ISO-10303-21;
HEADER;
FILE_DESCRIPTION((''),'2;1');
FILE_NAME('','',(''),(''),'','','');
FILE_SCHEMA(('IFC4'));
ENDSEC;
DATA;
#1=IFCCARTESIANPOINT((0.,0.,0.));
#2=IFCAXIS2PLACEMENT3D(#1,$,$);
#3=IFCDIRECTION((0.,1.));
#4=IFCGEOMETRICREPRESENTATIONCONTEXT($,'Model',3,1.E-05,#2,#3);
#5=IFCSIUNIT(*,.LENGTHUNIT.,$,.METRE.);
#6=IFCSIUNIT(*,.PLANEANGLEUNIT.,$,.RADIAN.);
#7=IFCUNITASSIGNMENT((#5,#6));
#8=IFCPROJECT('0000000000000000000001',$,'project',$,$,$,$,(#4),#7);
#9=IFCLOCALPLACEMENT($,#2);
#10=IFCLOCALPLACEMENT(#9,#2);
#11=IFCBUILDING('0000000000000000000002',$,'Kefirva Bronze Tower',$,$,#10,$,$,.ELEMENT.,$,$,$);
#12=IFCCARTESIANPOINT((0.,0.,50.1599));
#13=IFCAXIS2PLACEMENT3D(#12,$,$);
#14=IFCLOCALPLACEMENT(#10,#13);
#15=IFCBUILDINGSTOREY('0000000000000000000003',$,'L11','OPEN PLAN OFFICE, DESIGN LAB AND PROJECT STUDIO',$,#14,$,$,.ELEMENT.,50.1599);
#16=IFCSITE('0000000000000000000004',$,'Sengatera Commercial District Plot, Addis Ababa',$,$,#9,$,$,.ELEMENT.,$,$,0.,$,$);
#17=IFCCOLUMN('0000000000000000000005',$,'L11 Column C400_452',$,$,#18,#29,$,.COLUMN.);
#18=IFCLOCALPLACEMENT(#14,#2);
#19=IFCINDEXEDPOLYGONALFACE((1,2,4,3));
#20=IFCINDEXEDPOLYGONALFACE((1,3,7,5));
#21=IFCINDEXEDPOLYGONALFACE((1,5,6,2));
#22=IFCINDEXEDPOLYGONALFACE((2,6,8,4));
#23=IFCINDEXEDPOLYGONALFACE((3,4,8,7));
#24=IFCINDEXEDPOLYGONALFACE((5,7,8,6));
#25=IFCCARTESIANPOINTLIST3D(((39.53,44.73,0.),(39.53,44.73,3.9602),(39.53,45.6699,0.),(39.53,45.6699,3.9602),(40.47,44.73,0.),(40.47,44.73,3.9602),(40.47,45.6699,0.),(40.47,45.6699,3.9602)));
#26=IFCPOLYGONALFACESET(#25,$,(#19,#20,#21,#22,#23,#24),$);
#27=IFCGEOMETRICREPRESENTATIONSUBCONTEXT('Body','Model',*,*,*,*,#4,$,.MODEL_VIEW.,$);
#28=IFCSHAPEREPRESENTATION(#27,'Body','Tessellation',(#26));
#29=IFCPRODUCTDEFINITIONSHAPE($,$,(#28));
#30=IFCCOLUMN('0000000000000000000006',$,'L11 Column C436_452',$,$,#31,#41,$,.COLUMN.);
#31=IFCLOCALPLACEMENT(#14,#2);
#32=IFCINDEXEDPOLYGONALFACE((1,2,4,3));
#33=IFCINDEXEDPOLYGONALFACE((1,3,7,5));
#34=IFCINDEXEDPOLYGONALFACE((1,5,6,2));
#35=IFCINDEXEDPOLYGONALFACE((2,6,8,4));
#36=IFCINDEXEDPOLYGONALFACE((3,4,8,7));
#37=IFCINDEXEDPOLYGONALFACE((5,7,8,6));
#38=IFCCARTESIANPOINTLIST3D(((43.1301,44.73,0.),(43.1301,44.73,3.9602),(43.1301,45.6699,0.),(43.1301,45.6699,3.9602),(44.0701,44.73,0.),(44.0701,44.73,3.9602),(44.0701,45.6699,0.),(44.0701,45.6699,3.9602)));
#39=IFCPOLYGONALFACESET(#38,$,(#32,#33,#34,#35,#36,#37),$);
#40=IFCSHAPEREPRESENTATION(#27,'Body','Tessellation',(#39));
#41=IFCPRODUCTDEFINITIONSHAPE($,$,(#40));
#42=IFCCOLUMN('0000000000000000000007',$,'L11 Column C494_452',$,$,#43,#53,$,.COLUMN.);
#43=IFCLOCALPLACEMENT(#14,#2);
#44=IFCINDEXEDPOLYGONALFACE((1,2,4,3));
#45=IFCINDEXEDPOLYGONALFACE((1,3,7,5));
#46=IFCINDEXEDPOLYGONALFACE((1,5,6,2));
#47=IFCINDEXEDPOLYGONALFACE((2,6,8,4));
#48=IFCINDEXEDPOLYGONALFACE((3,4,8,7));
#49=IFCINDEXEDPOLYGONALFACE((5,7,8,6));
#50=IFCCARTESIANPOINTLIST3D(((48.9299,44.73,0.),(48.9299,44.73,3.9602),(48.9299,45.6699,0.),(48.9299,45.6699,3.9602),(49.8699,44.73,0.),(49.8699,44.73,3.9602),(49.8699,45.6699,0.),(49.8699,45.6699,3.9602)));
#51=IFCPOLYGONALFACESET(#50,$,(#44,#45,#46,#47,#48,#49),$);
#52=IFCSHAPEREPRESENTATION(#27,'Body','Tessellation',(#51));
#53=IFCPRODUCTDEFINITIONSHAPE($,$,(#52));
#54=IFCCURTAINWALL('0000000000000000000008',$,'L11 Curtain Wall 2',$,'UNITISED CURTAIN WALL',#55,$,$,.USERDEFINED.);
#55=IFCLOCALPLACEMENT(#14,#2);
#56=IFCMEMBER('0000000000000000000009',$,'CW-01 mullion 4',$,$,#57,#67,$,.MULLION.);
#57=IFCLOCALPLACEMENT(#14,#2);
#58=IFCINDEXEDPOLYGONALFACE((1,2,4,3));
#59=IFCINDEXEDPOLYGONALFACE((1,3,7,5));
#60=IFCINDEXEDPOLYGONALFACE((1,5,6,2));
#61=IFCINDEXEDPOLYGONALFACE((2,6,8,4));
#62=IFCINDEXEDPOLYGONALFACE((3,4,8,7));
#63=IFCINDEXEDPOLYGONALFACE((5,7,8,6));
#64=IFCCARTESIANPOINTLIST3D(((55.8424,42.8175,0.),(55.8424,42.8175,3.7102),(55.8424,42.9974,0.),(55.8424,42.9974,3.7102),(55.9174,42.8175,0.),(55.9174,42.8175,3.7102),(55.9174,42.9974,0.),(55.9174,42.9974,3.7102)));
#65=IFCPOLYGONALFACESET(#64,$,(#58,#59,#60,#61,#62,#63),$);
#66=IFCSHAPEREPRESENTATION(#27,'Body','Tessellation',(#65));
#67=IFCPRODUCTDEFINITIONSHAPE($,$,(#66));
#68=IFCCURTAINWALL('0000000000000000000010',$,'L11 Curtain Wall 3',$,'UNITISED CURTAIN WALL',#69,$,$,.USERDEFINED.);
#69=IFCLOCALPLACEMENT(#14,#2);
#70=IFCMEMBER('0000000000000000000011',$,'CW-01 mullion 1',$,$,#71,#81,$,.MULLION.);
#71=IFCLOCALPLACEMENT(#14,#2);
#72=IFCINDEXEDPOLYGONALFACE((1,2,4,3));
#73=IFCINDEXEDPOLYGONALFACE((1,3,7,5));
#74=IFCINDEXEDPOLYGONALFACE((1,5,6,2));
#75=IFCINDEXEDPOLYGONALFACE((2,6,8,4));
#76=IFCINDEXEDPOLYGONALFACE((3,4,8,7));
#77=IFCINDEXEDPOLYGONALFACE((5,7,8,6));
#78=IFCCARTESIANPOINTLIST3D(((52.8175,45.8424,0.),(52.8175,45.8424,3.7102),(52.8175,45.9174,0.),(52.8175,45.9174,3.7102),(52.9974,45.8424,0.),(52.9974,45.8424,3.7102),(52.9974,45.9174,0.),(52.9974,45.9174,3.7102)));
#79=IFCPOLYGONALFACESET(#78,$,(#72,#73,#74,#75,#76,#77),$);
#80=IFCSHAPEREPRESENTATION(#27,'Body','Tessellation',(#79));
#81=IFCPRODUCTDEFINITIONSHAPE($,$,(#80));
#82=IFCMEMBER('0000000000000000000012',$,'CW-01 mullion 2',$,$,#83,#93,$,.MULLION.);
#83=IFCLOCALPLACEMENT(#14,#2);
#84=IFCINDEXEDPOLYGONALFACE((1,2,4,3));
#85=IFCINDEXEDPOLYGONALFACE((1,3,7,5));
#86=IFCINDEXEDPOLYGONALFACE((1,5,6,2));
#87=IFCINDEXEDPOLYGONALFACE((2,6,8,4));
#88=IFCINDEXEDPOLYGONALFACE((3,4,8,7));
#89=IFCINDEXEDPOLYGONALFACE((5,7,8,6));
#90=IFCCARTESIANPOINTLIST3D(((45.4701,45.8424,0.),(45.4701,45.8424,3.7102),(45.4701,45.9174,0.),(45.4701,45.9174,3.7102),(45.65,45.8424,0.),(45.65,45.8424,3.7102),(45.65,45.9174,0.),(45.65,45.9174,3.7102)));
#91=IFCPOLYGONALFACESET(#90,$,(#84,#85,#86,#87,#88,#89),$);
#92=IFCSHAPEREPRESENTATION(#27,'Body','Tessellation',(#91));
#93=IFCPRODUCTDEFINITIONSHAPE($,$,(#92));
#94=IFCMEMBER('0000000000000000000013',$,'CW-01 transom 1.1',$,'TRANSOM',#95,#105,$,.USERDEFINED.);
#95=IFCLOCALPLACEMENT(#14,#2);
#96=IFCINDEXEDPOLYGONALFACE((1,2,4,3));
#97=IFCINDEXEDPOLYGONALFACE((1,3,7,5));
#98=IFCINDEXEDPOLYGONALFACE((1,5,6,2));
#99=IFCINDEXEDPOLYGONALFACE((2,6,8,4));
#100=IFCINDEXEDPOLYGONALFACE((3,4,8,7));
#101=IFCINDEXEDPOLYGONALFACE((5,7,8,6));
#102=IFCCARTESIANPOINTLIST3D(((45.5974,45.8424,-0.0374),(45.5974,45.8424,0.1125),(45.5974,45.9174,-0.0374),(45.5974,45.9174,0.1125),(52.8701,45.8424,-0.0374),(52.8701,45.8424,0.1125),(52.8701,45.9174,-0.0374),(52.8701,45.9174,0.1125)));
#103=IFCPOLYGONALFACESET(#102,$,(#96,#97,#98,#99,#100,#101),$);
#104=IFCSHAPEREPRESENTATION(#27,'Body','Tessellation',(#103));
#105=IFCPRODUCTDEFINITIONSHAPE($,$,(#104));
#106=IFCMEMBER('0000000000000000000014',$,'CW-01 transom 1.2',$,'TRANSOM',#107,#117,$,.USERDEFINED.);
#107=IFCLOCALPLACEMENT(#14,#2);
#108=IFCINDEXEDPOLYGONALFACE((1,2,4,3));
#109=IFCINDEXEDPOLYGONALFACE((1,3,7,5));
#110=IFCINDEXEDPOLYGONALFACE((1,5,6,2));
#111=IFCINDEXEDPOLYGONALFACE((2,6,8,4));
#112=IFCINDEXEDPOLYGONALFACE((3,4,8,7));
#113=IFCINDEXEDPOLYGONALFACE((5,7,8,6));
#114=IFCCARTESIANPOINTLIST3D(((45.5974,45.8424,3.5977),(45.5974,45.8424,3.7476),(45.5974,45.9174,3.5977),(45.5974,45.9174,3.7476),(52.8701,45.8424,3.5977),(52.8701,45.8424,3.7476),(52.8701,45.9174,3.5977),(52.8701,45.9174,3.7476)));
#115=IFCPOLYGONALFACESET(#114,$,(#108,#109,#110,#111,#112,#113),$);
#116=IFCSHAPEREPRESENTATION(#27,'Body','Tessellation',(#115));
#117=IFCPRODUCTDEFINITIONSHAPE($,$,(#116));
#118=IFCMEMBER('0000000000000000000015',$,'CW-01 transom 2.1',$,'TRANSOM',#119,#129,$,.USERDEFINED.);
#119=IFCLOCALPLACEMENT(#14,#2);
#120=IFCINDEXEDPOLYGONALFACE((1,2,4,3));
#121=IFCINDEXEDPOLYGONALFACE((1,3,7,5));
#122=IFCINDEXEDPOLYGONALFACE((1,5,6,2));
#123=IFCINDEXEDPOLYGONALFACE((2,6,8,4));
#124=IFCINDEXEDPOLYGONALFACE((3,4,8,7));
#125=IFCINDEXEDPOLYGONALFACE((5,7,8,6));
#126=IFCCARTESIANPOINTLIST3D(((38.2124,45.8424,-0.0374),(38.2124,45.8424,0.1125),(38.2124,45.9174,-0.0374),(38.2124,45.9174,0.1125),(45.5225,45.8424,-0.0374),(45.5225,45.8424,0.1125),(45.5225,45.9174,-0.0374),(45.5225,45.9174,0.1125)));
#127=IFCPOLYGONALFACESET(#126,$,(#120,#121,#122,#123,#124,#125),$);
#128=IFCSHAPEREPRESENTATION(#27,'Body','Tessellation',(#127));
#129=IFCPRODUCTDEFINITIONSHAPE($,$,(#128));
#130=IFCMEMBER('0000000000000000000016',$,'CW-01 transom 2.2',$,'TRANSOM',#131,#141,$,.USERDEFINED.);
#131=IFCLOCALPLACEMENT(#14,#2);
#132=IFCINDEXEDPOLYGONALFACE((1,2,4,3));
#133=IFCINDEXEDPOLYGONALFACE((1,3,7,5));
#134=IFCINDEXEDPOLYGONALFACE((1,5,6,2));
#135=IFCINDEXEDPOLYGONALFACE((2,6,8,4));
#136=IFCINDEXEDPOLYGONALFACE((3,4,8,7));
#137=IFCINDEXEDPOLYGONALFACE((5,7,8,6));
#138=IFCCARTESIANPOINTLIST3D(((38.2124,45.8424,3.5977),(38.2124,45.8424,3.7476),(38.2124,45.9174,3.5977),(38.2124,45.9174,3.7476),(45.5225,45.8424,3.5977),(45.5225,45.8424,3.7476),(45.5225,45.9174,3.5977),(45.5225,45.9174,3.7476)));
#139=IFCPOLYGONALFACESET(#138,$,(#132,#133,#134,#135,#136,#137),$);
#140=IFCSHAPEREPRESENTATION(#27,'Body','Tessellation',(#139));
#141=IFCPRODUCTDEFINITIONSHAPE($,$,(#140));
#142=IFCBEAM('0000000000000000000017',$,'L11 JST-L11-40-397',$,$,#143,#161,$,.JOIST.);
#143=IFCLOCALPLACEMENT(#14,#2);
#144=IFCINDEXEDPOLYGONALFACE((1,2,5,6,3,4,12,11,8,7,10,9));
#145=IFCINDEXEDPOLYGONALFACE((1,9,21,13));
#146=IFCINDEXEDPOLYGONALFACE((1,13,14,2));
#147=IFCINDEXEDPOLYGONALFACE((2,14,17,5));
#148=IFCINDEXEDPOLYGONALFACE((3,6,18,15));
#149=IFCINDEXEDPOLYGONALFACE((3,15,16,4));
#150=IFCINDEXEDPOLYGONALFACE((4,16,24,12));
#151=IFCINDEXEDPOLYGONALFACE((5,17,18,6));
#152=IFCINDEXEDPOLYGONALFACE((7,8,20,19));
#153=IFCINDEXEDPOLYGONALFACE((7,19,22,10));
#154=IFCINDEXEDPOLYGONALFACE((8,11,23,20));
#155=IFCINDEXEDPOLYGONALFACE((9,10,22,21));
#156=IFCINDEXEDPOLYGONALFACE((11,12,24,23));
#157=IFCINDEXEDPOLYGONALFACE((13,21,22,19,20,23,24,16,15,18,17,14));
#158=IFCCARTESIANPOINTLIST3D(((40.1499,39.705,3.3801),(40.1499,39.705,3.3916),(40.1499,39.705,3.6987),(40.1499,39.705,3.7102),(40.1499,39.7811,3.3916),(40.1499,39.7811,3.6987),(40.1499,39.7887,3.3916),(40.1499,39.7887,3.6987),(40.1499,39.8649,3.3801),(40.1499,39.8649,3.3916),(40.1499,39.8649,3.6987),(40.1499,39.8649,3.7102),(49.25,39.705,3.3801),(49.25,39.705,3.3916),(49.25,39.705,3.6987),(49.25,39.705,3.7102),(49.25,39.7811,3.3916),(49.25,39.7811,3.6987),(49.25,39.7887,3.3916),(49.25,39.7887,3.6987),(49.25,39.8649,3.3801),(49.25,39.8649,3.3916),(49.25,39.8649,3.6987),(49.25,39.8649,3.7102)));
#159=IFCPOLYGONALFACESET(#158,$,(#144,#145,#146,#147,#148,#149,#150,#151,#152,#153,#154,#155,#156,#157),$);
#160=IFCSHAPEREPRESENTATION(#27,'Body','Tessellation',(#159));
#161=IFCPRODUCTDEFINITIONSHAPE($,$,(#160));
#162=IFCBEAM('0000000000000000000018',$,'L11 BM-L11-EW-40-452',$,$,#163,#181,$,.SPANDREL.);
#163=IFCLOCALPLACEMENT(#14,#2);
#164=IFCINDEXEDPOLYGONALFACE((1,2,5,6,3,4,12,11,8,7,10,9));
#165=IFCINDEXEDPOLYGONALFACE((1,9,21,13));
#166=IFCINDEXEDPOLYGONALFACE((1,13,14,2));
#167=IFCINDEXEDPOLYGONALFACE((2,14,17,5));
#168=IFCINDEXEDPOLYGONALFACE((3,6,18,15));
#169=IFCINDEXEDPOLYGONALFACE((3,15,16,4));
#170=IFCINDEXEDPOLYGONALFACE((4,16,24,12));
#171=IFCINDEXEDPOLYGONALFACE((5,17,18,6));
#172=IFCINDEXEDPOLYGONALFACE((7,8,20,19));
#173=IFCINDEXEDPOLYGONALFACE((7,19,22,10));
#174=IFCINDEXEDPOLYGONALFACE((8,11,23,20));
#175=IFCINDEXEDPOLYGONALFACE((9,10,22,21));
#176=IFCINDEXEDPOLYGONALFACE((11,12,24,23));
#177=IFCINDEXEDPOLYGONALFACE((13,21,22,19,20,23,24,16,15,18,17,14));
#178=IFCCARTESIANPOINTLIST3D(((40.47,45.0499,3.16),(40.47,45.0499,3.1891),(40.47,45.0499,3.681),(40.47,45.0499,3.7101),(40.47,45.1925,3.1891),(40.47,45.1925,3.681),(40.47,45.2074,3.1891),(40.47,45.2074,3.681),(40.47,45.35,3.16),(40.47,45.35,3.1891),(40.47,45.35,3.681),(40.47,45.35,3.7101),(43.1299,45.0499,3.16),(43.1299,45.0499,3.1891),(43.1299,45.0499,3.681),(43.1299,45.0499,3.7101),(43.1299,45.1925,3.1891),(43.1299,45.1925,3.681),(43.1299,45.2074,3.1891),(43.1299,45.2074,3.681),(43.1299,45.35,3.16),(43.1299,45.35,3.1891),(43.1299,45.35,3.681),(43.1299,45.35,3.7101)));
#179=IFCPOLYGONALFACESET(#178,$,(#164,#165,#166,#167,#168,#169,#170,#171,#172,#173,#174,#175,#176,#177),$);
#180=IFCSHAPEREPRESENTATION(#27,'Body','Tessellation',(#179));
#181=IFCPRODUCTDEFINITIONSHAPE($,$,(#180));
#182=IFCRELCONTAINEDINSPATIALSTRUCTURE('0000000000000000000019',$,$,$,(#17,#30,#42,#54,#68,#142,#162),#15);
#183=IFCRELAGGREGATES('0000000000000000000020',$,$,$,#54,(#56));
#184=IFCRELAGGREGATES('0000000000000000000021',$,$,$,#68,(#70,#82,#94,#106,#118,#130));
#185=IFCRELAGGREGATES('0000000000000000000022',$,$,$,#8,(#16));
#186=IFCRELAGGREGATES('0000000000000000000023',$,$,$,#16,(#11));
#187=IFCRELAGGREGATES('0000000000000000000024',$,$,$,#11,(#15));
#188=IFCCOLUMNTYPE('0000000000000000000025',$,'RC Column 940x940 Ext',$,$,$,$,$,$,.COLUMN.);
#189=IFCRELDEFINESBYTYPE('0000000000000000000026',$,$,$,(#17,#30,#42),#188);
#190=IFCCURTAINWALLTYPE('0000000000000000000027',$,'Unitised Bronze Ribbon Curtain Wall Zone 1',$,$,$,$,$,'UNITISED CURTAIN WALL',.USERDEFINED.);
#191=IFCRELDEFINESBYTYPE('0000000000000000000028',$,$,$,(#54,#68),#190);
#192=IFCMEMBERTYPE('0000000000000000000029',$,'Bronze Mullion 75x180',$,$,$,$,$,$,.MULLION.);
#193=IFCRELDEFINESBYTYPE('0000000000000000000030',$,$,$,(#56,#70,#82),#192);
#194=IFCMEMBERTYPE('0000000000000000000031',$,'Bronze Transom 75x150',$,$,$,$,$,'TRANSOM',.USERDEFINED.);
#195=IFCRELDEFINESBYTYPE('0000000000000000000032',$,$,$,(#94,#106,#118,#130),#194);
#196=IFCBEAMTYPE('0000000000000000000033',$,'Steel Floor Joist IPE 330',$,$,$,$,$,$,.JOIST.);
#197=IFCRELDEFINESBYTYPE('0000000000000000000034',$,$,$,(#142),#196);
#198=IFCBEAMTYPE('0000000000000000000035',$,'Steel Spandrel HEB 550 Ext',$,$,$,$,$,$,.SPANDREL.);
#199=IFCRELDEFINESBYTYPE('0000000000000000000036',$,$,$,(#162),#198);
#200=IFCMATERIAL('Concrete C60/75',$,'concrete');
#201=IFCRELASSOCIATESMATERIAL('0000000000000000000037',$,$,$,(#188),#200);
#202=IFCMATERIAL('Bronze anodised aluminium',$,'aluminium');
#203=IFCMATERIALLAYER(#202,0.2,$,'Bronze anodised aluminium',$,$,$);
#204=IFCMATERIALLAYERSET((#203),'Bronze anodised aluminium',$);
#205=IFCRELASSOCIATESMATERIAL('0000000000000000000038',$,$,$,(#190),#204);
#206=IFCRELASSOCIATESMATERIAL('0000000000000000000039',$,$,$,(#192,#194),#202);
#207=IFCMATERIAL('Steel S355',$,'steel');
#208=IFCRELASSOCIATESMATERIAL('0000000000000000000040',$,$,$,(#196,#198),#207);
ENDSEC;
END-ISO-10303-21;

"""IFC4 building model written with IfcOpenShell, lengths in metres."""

from ifc_helpers import new_model, si_unit, direction, frame, origin, origin_2d, place, context, subcontext, project, spatial, rectangle, i_section, extrude, material, layer, layer_set, material_profile, profile_set, type_object, element, aggregate, save


model = new_model("IFC4")

# Units and contexts
model_context = context("Model", 3, precision=1e-05, world=origin(), true_north=direction((0.0, 1.0)))
body_context = subcontext(model_context, "Body", "Model", "MODEL_VIEW")
ifc_project = project(units=[si_unit("LENGTHUNIT", "METRE"), si_unit("PLANEANGLEUNIT", "RADIAN")], contexts=[model_context])

# Site, building, storey
site_placement = place(None, origin())
site = spatial("IfcSite", under=ifc_project, at=site_placement, Name="Sengatera Commercial District Plot, Addis Ababa", CompositionType="ELEMENT", RefElevation=0.0)
building_placement = place(site_placement, origin())
building = spatial("IfcBuilding", under=site, at=building_placement, Name="Kefirva Bronze Tower", CompositionType="ELEMENT")
storey_placement = place(building_placement, frame((0.0, 0.0, 50.1599)))
storey = spatial("IfcBuildingStorey", under=building, at=storey_placement, Name="L11", Description="OPEN PLAN OFFICE, DESIGN LAB AND PROJECT STUDIO", CompositionType="ELEMENT", Elevation=50.1599)

# Columns
ifc_material_1 = material(Name="Concrete C60/75", Category="concrete")
ifc_material_profile_1 = material_profile(ifc_material_1, rectangle(XDim=0.9399, YDim=0.9399, at=origin_2d()), Name="RC 940x940")
ifc_profile_set_1 = profile_set([ifc_material_profile_1], Name="Concrete C60/75")
column_type = type_object("IfcColumnType", Name="RC Column 940x940 Ext", PredefinedType="COLUMN", material=ifc_profile_set_1)
for number, where, z_axis, x_axis, name in (
    (1, (40.0, 45.2, 0.0), (0.0, 0.0, 1.0), (1.0, 0.0, 0.0), "L11 Column C400_452"),
    (2, (43.6001, 45.2, 0.0), (0.0, 0.0, 1.0), (1.0, 0.0, 0.0), "L11 Column C436_452"),
    (3, (49.3999, 45.2, 0.0), (0.0, 0.0, 1.0), (1.0, 0.0, 0.0), "L11 Column C494_452"),
):
    element("IfcColumn", number, at=place(storey_placement, frame(where, z_axis=z_axis, x_axis=x_axis)), inside=storey, type_object=column_type, Name=name, PredefinedType="COLUMN", context=body_context, shape_type="SweptSolid", body=[
        extrude(rectangle(XDim=0.9399, YDim=0.9399, at=origin_2d()), origin(), (0.0, 0.0, 1.0), 3.9602),
    ])

# Curtain wall, member
ifc_material_2 = material(Name="Bronze anodised aluminium", Category="aluminium")
ifc_layer_1 = layer(ifc_material_2, 0.2, Name="Bronze anodised aluminium")
ifc_layer_set_1 = layer_set([ifc_layer_1], Name="Bronze anodised aluminium")
curtain_wall_type = type_object("IfcCurtainWallType", Name="Unitised Bronze Ribbon Curtain Wall Zone 1", ElementType="UNITISED CURTAIN WALL", PredefinedType="USERDEFINED", material=ifc_layer_set_1)
curtain_wall_1_placement = place(storey_placement, origin())
curtain_wall_1 = element("IfcCurtainWall", 4, at=curtain_wall_1_placement, inside=storey, type_object=curtain_wall_type, Name="L11 Curtain Wall 2", ObjectType="UNITISED CURTAIN WALL", PredefinedType="USERDEFINED")
ifc_material_profile_2 = material_profile(ifc_material_2, rectangle(XDim=0.075, YDim=0.1799, at=origin_2d()), Name="ALU 75x180")
ifc_profile_set_2 = profile_set([ifc_material_profile_2], Name="Bronze anodised aluminium")
member_type_1 = type_object("IfcMemberType", Name="Bronze Mullion 75x180", PredefinedType="MULLION", material=ifc_profile_set_2)
member_1_placement = place(storey_placement, frame((55.8799, 42.9075, 0.0), z_axis=(0.0, 0.0, 1.0), x_axis=(-1.0, 0.0, 0.0)))
member_1 = element("IfcMember", 5, at=member_1_placement, type_object=member_type_1, Name="CW-01 mullion 4", PredefinedType="MULLION", context=body_context, shape_type="SweptSolid", body=[
    extrude(rectangle(XDim=0.075, YDim=0.1799, at=origin_2d()), origin(), (0.0, 0.0, 1.0), 3.7102),
])
aggregate(curtain_wall_1, [member_1])

# Curtain wall, members
curtain_wall_2_placement = place(storey_placement, origin())
curtain_wall_2 = element("IfcCurtainWall", 6, at=curtain_wall_2_placement, inside=storey, type_object=curtain_wall_type, Name="L11 Curtain Wall 3", ObjectType="UNITISED CURTAIN WALL", PredefinedType="USERDEFINED")
member_2_placement = place(storey_placement, frame((52.9075, 45.8799, 0.0), z_axis=(0.0, 0.0, 1.0), x_axis=(0.0, -1.0, 0.0)))
member_2 = element("IfcMember", 7, at=member_2_placement, type_object=member_type_1, Name="CW-01 mullion 1", PredefinedType="MULLION", context=body_context, shape_type="SweptSolid", body=[
    extrude(rectangle(XDim=0.075, YDim=0.1799, at=origin_2d()), origin(), (0.0, 0.0, 1.0), 3.7102),
])
member_3_placement = place(storey_placement, frame((45.5601, 45.8799, 0.0), z_axis=(0.0, 0.0, 1.0), x_axis=(0.0, -1.0, 0.0)))
member_3 = element("IfcMember", 8, at=member_3_placement, type_object=member_type_1, Name="CW-01 mullion 2", PredefinedType="MULLION", context=body_context, shape_type="SweptSolid", body=[
    extrude(rectangle(XDim=0.075, YDim=0.1799, at=origin_2d()), origin(), (0.0, 0.0, 1.0), 3.7102),
])
ifc_material_profile_3 = material_profile(ifc_material_2, rectangle(XDim=0.075, YDim=0.1499, at=origin_2d()), Name="ALU 75x150")
ifc_profile_set_3 = profile_set([ifc_material_profile_3], Name="Bronze anodised aluminium")
member_type_2 = type_object("IfcMemberType", Name="Bronze Transom 75x150", ElementType="TRANSOM", PredefinedType="USERDEFINED", material=ifc_profile_set_3)
member_4_placement = place(storey_placement, frame((52.8701, 45.8799, 0.0376), z_axis=(-1.0, 0.0, 0.0), x_axis=(0.0, -1.0, 0.0)))
member_4 = element("IfcMember", 9, at=member_4_placement, type_object=member_type_2, Name="CW-01 transom 1.1", ObjectType="TRANSOM", PredefinedType="USERDEFINED", context=body_context, shape_type="SweptSolid", body=[
    extrude(rectangle(XDim=0.075, YDim=0.1499, at=origin_2d()), origin(), (0.0, 0.0, 1.0), 7.2727),
])
member_5_placement = place(storey_placement, frame((52.8701, 45.8799, 3.6726), z_axis=(-1.0, 0.0, 0.0), x_axis=(0.0, -1.0, 0.0)))
member_5 = element("IfcMember", 10, at=member_5_placement, type_object=member_type_2, Name="CW-01 transom 1.2", ObjectType="TRANSOM", PredefinedType="USERDEFINED", context=body_context, shape_type="SweptSolid", body=[
    extrude(rectangle(XDim=0.075, YDim=0.1499, at=origin_2d()), origin(), (0.0, 0.0, 1.0), 7.2727),
])
member_6_placement = place(storey_placement, frame((45.5225, 45.8799, 0.0376), z_axis=(-1.0, 0.0, 0.0), x_axis=(0.0, -1.0, 0.0)))
member_6 = element("IfcMember", 11, at=member_6_placement, type_object=member_type_2, Name="CW-01 transom 2.1", ObjectType="TRANSOM", PredefinedType="USERDEFINED", context=body_context, shape_type="SweptSolid", body=[
    extrude(rectangle(XDim=0.075, YDim=0.1499, at=origin_2d()), origin(), (0.0, 0.0, 1.0), 7.3101),
])
member_7_placement = place(storey_placement, frame((45.5225, 45.8799, 3.6726), z_axis=(-1.0, 0.0, 0.0), x_axis=(0.0, -1.0, 0.0)))
member_7 = element("IfcMember", 12, at=member_7_placement, type_object=member_type_2, Name="CW-01 transom 2.2", ObjectType="TRANSOM", PredefinedType="USERDEFINED", context=body_context, shape_type="SweptSolid", body=[
    extrude(rectangle(XDim=0.075, YDim=0.1499, at=origin_2d()), origin(), (0.0, 0.0, 1.0), 7.3101),
])

# Beams
ifc_material_3 = material(Name="Steel S355", Category="steel")
ifc_material_profile_4 = material_profile(ifc_material_3, i_section(OverallWidth=0.1599, OverallDepth=0.3301, WebThickness=0.0076, FlangeThickness=0.0115, at=origin_2d()), Name="IPE 330")
ifc_profile_set_4 = profile_set([ifc_material_profile_4], Name="Steel S355")
beam_type_1 = type_object("IfcBeamType", Name="Steel Floor Joist IPE 330", PredefinedType="JOIST", material=ifc_profile_set_4)
beam_1_placement = place(storey_placement, frame((40.1499, 39.7849, 3.5452), z_axis=(1.0, 0.0, 0.0), x_axis=(0.0, 1.0, 0.0)))
element("IfcBeam", 13, at=beam_1_placement, inside=storey, type_object=beam_type_1, Name="L11 JST-L11-40-397", PredefinedType="JOIST", context=body_context, shape_type="SweptSolid", body=[
    extrude(i_section(OverallWidth=0.1599, OverallDepth=0.3301, WebThickness=0.0076, FlangeThickness=0.0115, at=origin_2d()), origin(), (0.0, 0.0, 1.0), 9.1001),
])
ifc_material_profile_5 = material_profile(ifc_material_3, i_section(OverallWidth=0.3, OverallDepth=0.55, WebThickness=0.0149, FlangeThickness=0.0291, at=origin_2d()), Name="HEB 550")
ifc_profile_set_5 = profile_set([ifc_material_profile_5], Name="Steel S355")
beam_type_2 = type_object("IfcBeamType", Name="Steel Spandrel HEB 550 Ext", PredefinedType="SPANDREL", material=ifc_profile_set_5)
beam_2_placement = place(storey_placement, frame((40.47, 45.2, 3.4351), z_axis=(1.0, 0.0, 0.0), x_axis=(0.0, 1.0, 0.0)))
element("IfcBeam", 14, at=beam_2_placement, inside=storey, type_object=beam_type_2, Name="L11 BM-L11-EW-40-452", PredefinedType="SPANDREL", context=body_context, shape_type="SweptSolid", body=[
    extrude(i_section(OverallWidth=0.3, OverallDepth=0.55, WebThickness=0.0149, FlangeThickness=0.0291, at=origin_2d()), origin(), (0.0, 0.0, 1.0), 2.6599),
])

aggregate(curtain_wall_2, [member_2, member_3, member_4, member_5, member_6, member_7])

save(model, "model.ifc")
